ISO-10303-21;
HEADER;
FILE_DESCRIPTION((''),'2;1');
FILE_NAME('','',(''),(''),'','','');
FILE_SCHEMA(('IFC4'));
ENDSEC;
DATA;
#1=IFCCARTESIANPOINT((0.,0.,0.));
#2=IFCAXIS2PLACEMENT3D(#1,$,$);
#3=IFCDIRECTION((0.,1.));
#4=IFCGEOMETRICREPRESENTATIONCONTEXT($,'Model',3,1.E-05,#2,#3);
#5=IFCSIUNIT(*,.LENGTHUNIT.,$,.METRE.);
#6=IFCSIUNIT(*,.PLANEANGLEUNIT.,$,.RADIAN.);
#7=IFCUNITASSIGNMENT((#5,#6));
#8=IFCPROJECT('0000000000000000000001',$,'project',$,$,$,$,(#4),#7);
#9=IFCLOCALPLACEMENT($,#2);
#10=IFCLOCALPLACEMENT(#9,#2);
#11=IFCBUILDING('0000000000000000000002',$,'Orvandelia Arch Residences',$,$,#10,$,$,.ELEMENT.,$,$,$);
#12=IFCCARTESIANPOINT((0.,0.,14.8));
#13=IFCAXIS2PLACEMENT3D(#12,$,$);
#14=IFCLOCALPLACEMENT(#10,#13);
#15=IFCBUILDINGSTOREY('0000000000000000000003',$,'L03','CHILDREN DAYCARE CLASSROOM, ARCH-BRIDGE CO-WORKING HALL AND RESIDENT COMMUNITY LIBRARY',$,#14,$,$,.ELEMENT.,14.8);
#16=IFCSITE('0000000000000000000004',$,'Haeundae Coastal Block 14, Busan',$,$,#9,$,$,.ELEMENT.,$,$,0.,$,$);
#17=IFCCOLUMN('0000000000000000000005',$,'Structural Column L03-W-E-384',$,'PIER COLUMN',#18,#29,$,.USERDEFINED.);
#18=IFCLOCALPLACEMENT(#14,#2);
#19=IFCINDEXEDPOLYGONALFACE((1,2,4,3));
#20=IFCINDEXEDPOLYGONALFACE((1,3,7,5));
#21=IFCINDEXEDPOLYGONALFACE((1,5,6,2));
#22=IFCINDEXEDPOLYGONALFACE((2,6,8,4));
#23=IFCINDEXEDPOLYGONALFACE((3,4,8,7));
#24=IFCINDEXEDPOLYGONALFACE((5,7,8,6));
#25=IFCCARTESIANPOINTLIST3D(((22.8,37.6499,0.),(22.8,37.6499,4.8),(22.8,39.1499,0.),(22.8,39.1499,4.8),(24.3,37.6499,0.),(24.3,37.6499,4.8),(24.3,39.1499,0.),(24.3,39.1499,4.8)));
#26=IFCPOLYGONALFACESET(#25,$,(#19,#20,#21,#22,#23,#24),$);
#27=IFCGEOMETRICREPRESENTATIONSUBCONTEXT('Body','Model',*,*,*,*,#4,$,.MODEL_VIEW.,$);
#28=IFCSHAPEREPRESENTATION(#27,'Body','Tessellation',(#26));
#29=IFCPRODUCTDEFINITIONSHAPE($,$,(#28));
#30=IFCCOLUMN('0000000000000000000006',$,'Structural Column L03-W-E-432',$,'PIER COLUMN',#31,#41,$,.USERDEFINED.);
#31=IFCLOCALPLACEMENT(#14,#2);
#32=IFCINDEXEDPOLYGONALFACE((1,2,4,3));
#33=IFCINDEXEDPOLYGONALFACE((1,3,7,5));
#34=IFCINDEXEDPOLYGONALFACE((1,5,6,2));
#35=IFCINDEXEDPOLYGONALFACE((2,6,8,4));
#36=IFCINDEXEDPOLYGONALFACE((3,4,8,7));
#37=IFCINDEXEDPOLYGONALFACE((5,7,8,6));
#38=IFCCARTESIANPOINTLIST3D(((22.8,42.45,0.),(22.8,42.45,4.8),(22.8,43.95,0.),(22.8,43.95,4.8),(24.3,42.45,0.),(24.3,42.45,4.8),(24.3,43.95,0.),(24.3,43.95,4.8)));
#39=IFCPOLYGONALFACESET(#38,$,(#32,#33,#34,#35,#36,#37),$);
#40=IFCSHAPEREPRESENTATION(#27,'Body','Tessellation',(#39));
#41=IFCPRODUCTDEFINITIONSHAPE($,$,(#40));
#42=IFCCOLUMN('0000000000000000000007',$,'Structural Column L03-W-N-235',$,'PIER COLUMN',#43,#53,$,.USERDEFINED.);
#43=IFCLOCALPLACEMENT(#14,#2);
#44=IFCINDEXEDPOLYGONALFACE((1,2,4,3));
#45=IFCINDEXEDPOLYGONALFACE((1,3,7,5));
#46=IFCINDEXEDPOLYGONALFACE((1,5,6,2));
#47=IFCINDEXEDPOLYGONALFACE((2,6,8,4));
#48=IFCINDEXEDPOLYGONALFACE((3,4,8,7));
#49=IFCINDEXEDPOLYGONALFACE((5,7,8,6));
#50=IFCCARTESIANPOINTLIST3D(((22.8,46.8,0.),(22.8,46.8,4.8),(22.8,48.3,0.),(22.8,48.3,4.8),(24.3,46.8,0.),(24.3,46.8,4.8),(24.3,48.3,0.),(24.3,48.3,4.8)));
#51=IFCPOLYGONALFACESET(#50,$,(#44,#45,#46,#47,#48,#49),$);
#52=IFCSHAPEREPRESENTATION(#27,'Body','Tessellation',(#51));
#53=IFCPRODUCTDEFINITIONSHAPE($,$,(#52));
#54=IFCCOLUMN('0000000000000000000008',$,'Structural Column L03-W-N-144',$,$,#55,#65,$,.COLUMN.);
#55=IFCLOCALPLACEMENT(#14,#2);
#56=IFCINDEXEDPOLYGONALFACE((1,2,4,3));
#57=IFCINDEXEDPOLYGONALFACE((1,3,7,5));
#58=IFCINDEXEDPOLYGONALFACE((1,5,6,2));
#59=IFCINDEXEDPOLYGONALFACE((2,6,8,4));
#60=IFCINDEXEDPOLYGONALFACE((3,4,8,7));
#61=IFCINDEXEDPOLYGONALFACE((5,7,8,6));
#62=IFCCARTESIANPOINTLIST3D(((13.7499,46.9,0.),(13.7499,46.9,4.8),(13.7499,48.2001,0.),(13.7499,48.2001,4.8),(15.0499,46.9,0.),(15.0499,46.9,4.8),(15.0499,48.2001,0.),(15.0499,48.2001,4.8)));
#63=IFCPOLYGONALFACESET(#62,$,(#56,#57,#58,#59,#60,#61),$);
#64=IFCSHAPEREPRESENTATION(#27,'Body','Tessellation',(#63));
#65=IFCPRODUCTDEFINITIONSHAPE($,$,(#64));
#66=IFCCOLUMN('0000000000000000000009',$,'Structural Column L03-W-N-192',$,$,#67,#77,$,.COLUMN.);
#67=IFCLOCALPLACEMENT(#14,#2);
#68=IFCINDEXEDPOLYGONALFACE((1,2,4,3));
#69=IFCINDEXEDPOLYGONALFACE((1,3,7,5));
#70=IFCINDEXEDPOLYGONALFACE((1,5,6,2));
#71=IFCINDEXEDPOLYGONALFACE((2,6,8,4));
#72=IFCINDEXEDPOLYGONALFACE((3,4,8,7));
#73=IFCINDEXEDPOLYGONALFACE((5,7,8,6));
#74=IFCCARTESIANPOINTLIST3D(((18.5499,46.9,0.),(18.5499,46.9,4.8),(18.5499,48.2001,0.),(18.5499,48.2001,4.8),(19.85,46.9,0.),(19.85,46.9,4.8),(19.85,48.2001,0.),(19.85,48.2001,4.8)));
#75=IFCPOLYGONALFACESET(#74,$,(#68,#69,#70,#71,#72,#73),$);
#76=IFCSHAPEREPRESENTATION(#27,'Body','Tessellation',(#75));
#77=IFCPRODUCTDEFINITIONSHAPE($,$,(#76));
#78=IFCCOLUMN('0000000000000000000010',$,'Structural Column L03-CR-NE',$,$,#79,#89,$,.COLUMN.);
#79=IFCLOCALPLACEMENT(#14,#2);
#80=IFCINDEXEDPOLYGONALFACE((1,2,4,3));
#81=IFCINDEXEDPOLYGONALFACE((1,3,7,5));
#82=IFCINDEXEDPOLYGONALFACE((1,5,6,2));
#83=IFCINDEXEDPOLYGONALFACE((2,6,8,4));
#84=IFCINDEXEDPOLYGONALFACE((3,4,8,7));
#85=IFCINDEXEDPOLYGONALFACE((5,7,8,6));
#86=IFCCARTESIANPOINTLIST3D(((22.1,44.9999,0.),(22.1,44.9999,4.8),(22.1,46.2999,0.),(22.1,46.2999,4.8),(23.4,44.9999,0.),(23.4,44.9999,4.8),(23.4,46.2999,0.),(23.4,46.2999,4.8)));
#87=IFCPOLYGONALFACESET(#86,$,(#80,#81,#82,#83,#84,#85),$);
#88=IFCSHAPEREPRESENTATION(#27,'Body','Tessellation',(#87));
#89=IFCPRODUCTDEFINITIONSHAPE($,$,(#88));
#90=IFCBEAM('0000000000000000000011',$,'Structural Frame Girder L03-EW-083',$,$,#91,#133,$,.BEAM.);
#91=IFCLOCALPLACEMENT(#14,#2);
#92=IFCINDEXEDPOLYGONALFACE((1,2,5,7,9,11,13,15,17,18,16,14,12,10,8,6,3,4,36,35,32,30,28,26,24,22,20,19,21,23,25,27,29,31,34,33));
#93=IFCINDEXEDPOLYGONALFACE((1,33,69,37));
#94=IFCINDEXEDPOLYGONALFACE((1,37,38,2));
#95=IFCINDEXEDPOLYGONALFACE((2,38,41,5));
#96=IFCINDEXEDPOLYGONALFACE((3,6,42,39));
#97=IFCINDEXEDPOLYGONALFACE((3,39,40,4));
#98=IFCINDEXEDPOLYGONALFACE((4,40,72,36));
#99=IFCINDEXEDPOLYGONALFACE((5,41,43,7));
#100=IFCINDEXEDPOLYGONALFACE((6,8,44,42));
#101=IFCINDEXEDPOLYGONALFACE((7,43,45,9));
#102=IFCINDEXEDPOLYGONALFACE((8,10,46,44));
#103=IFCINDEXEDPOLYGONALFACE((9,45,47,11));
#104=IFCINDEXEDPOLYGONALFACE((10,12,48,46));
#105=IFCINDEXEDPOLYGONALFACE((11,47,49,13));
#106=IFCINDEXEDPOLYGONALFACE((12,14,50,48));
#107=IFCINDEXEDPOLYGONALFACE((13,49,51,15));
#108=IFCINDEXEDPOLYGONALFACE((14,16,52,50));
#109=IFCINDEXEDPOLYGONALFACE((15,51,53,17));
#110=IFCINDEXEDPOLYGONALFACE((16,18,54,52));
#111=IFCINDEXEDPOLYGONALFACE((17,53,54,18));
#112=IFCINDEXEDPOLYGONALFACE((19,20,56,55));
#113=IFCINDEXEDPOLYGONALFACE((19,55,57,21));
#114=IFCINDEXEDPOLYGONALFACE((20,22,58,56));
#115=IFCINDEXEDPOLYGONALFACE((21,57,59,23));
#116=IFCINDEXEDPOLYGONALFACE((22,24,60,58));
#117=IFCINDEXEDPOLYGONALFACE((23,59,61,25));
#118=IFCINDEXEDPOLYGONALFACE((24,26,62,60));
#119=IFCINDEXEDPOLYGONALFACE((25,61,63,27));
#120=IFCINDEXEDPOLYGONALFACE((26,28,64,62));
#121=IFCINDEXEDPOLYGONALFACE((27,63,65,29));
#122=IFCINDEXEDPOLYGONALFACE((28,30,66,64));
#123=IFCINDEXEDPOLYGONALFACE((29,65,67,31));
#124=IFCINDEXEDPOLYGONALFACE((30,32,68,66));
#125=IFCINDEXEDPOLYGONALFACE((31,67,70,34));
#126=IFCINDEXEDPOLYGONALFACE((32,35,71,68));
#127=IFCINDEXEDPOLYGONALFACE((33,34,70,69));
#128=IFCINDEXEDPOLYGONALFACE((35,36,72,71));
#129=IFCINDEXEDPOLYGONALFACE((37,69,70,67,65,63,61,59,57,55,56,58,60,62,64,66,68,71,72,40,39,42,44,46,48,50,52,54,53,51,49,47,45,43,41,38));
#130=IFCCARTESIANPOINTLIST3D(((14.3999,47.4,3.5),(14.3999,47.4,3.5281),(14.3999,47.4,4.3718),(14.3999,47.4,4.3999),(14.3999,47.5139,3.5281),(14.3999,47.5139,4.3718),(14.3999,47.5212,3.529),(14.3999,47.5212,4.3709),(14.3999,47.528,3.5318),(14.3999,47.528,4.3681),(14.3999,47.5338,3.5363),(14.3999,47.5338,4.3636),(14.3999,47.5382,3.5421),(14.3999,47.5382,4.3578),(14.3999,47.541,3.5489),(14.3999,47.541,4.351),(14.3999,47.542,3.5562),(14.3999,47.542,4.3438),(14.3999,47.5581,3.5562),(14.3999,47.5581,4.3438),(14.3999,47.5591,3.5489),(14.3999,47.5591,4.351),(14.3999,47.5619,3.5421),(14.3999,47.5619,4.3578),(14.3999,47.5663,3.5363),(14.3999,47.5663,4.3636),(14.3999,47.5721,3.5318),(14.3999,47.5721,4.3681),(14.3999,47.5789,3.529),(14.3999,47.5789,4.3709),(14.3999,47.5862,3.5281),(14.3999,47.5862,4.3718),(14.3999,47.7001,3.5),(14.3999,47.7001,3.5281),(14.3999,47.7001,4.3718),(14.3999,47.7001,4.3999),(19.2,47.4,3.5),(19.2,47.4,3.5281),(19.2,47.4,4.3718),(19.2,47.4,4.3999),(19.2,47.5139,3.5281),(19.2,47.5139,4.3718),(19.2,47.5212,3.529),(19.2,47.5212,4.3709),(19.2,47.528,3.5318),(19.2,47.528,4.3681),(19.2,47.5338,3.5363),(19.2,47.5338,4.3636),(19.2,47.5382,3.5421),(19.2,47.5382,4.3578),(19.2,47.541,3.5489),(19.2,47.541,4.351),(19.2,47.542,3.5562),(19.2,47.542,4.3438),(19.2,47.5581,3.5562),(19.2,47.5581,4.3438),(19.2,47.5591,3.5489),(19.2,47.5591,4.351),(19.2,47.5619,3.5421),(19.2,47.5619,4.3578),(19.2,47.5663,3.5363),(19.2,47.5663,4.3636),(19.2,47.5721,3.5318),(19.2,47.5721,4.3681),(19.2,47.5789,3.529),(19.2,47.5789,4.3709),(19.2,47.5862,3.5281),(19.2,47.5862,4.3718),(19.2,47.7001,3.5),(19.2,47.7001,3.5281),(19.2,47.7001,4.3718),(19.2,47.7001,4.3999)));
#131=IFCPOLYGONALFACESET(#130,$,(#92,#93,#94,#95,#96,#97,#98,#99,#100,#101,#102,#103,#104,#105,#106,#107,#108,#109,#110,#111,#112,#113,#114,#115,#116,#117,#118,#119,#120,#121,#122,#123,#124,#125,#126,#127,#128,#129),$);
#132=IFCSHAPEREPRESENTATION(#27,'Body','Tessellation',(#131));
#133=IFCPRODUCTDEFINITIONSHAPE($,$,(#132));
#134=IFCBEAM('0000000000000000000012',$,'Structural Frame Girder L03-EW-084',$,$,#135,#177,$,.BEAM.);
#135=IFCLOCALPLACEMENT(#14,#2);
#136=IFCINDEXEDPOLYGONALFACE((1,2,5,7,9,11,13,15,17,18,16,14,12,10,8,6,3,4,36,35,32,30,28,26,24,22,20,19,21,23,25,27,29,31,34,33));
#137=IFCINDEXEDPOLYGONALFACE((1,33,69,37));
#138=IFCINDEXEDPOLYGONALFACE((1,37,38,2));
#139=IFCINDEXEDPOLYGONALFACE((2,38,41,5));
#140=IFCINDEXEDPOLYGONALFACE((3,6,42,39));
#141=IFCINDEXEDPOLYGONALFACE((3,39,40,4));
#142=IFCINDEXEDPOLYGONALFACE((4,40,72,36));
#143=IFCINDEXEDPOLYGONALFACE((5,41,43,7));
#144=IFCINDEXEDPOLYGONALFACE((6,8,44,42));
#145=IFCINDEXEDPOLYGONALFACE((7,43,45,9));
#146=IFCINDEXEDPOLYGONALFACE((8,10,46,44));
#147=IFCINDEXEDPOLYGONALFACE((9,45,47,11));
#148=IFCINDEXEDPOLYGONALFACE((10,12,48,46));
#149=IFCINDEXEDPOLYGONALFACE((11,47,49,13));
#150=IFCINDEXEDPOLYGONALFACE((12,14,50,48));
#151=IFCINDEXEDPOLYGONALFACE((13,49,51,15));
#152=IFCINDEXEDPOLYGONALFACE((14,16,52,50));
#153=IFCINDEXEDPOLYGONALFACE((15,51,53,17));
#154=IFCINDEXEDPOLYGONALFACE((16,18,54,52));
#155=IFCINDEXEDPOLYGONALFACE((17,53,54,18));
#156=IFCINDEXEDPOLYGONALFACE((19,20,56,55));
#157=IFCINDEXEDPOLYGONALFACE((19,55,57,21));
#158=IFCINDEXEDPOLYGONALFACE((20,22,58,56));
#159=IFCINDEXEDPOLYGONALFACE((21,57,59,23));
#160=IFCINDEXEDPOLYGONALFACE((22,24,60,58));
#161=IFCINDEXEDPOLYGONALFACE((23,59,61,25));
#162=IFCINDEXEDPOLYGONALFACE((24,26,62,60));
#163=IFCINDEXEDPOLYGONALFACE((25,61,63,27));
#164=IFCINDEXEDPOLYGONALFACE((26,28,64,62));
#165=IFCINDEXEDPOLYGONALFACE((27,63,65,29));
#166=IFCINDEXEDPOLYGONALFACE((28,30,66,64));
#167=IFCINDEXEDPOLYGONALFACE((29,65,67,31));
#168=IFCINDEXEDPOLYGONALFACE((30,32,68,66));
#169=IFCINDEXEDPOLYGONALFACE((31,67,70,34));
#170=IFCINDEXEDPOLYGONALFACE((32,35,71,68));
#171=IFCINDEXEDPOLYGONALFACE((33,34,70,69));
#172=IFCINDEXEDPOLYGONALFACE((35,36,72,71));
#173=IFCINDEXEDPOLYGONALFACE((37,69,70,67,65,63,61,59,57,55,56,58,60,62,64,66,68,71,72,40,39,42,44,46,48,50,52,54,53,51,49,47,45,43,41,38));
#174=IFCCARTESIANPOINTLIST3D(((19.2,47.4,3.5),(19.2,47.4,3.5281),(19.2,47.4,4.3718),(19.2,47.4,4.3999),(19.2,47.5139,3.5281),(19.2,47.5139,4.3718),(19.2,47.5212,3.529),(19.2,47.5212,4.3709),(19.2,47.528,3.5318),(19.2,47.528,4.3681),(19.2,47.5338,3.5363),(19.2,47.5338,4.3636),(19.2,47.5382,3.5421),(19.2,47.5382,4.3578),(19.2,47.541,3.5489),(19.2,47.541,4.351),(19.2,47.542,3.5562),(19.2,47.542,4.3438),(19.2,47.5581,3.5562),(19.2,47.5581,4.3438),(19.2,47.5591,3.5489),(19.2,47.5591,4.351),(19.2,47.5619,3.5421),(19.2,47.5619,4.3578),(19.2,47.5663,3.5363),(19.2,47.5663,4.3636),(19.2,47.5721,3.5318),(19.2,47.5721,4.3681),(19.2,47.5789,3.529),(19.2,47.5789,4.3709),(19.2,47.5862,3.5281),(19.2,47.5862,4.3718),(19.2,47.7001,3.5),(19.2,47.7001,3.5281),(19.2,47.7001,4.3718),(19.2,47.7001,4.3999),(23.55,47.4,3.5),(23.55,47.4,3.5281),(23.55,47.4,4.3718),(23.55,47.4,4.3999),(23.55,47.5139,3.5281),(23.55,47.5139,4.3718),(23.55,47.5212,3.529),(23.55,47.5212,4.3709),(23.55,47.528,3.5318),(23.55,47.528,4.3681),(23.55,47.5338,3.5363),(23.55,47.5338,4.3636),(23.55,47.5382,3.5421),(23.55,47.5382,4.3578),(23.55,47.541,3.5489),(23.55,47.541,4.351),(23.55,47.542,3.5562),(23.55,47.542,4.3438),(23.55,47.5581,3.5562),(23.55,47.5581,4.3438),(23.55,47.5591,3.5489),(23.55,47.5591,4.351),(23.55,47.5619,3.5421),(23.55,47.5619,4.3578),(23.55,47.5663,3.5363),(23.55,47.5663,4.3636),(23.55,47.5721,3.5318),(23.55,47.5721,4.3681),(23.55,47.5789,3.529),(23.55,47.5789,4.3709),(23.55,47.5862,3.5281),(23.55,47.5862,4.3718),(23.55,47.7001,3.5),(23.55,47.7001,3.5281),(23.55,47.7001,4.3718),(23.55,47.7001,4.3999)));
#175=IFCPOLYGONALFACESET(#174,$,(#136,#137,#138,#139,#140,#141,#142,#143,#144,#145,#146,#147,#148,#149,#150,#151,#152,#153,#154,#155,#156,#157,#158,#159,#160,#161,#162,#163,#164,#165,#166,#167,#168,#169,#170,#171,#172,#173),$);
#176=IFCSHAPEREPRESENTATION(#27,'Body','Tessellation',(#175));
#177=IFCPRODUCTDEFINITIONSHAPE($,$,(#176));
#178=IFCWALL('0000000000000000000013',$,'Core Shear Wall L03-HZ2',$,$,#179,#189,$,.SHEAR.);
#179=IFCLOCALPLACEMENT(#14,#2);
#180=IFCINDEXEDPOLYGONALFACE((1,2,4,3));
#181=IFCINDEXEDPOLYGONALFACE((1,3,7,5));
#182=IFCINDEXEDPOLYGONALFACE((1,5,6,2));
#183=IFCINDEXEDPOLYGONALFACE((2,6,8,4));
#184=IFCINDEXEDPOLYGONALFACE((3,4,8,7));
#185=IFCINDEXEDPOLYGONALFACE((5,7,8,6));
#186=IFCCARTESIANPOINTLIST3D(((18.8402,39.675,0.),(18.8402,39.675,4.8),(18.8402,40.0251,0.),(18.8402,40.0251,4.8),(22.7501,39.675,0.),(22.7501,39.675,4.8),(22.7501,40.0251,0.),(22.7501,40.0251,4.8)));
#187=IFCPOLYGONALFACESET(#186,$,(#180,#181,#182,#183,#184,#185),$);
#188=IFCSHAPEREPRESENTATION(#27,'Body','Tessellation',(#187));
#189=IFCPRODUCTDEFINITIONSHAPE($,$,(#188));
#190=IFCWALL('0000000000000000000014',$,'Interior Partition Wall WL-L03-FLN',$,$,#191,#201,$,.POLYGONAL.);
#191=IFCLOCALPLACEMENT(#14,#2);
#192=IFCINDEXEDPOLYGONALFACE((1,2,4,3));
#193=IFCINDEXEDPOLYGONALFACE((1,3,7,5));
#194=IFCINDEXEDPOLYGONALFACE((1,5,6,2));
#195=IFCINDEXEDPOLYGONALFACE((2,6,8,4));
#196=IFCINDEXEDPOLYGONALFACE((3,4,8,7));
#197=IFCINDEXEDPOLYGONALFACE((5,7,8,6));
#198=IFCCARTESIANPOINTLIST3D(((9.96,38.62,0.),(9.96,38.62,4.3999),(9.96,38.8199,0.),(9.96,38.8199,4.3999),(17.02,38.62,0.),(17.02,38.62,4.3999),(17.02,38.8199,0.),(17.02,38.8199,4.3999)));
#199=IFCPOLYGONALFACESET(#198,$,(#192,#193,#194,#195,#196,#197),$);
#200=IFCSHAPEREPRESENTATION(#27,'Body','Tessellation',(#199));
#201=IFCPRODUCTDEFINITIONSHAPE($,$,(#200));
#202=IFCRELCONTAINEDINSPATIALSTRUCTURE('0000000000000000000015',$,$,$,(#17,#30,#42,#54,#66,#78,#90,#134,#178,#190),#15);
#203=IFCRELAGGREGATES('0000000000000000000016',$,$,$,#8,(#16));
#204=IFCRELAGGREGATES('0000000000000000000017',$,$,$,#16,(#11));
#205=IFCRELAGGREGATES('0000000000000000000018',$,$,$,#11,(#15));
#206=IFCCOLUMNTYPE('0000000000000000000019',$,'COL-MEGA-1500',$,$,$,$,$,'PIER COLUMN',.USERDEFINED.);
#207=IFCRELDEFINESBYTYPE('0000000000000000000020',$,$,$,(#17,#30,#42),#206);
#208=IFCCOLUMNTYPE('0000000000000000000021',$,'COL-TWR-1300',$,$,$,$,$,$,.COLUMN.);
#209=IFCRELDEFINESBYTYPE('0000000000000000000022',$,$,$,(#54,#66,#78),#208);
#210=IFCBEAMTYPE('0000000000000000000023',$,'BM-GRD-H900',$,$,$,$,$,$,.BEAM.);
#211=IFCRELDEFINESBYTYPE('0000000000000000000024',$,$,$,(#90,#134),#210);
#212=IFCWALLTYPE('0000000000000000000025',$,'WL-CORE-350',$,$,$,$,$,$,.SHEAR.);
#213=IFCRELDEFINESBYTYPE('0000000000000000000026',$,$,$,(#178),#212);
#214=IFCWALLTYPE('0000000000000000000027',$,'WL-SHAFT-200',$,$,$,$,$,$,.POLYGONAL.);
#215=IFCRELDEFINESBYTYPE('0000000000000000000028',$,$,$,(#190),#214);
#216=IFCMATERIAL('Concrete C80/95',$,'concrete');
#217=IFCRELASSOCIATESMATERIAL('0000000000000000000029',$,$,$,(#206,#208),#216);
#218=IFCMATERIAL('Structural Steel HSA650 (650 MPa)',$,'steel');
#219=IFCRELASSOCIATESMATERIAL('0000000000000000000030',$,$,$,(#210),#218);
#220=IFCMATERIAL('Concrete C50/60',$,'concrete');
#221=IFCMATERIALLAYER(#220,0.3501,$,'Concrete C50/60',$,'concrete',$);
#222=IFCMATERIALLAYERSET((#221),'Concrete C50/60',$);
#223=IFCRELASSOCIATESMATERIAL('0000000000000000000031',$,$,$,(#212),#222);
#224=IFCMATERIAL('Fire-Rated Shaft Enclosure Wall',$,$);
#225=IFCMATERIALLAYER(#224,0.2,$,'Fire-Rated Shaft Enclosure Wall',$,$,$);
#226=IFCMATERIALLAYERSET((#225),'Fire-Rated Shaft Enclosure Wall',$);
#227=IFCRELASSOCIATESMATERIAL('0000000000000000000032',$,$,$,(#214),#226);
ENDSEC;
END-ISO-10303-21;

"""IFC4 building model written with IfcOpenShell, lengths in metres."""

from ifc_helpers import new_model, si_unit, direction, frame, frame_2d, origin, origin_2d, place, context, subcontext, project, spatial, rectangle, i_section, extrude, material, layer, layer_set, material_profile, profile_set, type_object, element, save


model = new_model("IFC4")

# Units and contexts
model_context = context("Model", 3, precision=1e-05, world=origin(), true_north=direction((0.0, 1.0)))
body_context = subcontext(model_context, "Body", "Model", "MODEL_VIEW")
ifc_project = project(units=[si_unit("LENGTHUNIT", "METRE"), si_unit("PLANEANGLEUNIT", "RADIAN")], contexts=[model_context])

# Site, building, storey
site_placement = place(None, origin())
site = spatial("IfcSite", under=ifc_project, at=site_placement, Name="Haeundae Coastal Block 14, Busan", CompositionType="ELEMENT", RefElevation=0.0)
building_placement = place(site_placement, origin())
building = spatial("IfcBuilding", under=site, at=building_placement, Name="Orvandelia Arch Residences", CompositionType="ELEMENT")
storey_placement = place(building_placement, frame((0.0, 0.0, 14.8)))
storey = spatial("IfcBuildingStorey", under=building, at=storey_placement, Name="L03", Description="CHILDREN DAYCARE CLASSROOM, ARCH-BRIDGE CO-WORKING HALL AND RESIDENT COMMUNITY LIBRARY", CompositionType="ELEMENT", Elevation=14.8)

# Columns
ifc_material_1 = material(Name="Concrete C80/95", Category="concrete")
ifc_material_profile_1 = material_profile(ifc_material_1, rectangle(XDim=1.5, YDim=1.5, at=origin_2d()), Name="Concrete C80/95", Category="concrete")
ifc_profile_set_1 = profile_set([ifc_material_profile_1], Name="Concrete C80/95")
column_type_1 = type_object("IfcColumnType", Name="COL-MEGA-1500", ElementType="PIER COLUMN", PredefinedType="USERDEFINED", material=ifc_profile_set_1)
for number, where, z_axis, x_axis, name in (
    (1, (23.55, 38.3999, 0.0), (0.0, 0.0, 1.0), (1.0, 0.0, 0.0), "Structural Column L03-W-E-384"),
    (2, (23.55, 43.2, 0.0), (0.0, 0.0, 1.0), (1.0, 0.0, 0.0), "Structural Column L03-W-E-432"),
    (3, (23.55, 47.55, 0.0), (0.0, 0.0, 1.0), (1.0, 0.0, 0.0), "Structural Column L03-W-N-235"),
):
    element("IfcColumn", number, at=place(storey_placement, frame(where, z_axis=z_axis, x_axis=x_axis)), inside=storey, type_object=column_type_1, Name=name, ObjectType="PIER COLUMN", PredefinedType="USERDEFINED", context=body_context, shape_type="SweptSolid", body=[
        extrude(rectangle(XDim=1.5, YDim=1.5, at=origin_2d()), origin(), (0.0, 0.0, 1.0), 4.8),
    ])
ifc_material_profile_2 = material_profile(ifc_material_1, rectangle(XDim=1.3, YDim=1.3, at=origin_2d()), Name="Concrete C80/95", Category="concrete")
ifc_profile_set_2 = profile_set([ifc_material_profile_2], Name="Concrete C80/95")
column_type_2 = type_object("IfcColumnType", Name="COL-TWR-1300", PredefinedType="COLUMN", material=ifc_profile_set_2)
for number, where, z_axis, x_axis, name in (
    (4, (14.3999, 47.55, 0.0), (0.0, 0.0, 1.0), (1.0, 0.0, 0.0), "Structural Column L03-W-N-144"),
    (5, (19.2, 47.55, 0.0), (0.0, 0.0, 1.0), (1.0, 0.0, 0.0), "Structural Column L03-W-N-192"),
    (6, (22.75, 45.6499, 0.0), (0.0, 0.0, 1.0), (1.0, 0.0, 0.0), "Structural Column L03-CR-NE"),
):
    element("IfcColumn", number, at=place(storey_placement, frame(where, z_axis=z_axis, x_axis=x_axis)), inside=storey, type_object=column_type_2, Name=name, PredefinedType="COLUMN", context=body_context, shape_type="SweptSolid", body=[
        extrude(rectangle(XDim=1.3, YDim=1.3, at=origin_2d()), origin(), (0.0, 0.0, 1.0), 4.8),
    ])

# Beams
ifc_material_2 = material(Name="Structural Steel HSA650 (650 MPa)", Category="steel")
ifc_material_profile_3 = material_profile(ifc_material_2, i_section(OverallWidth=0.3, OverallDepth=0.8999, WebThickness=0.0161, FlangeThickness=0.0281, FilletRadius=0.0281, at=origin_2d()), Name="Structural Steel HSA650 (650 MPa)", Category="steel")
ifc_profile_set_3 = profile_set([ifc_material_profile_3], Name="Structural Steel HSA650 (650 MPa)")
beam_type = type_object("IfcBeamType", Name="BM-GRD-H900", PredefinedType="BEAM", material=ifc_profile_set_3)
beam_1_placement = place(storey_placement, frame((14.3999, 47.55, 3.95), z_axis=(1.0, 0.0, 0.0), x_axis=(0.0, 1.0, 0.0)))
element("IfcBeam", 7, at=beam_1_placement, inside=storey, type_object=beam_type, Name="Structural Frame Girder L03-EW-083", PredefinedType="BEAM", context=body_context, shape_type="SweptSolid", body=[
    extrude(i_section(OverallWidth=0.3, OverallDepth=0.8999, WebThickness=0.0161, FlangeThickness=0.0281, FilletRadius=0.0281, at=origin_2d()), origin(), (0.0, 0.0, 1.0), 4.8),
])
beam_2_placement = place(storey_placement, frame((19.2, 47.55, 3.95), z_axis=(1.0, 0.0, 0.0), x_axis=(0.0, 1.0, 0.0)))
element("IfcBeam", 8, at=beam_2_placement, inside=storey, type_object=beam_type, Name="Structural Frame Girder L03-EW-084", PredefinedType="BEAM", context=body_context, shape_type="SweptSolid", body=[
    extrude(i_section(OverallWidth=0.3, OverallDepth=0.8999, WebThickness=0.0161, FlangeThickness=0.0281, FilletRadius=0.0281, at=origin_2d()), origin(), (0.0, 0.0, 1.0), 4.3501),
])

# Walls
ifc_material_3 = material(Name="Concrete C50/60", Category="concrete")
ifc_layer_1 = layer(ifc_material_3, 0.3501, Name="Concrete C50/60", Category="concrete")
ifc_layer_set_1 = layer_set([ifc_layer_1], Name="Concrete C50/60")
wall_type_1 = type_object("IfcWallType", Name="WL-CORE-350", PredefinedType="SHEAR", material=ifc_layer_set_1)
wall_1_placement = place(storey_placement, frame((18.8401, 39.8501, 0.0), z_axis=(0.0, 0.0, 1.0), x_axis=(1.0, 0.0, 0.0)))
element("IfcWall", 9, at=wall_1_placement, inside=storey, type_object=wall_type_1, Name="Core Shear Wall L03-HZ2", PredefinedType="SHEAR", context=body_context, shape_type="SweptSolid", body=[
    extrude(rectangle(XDim=3.9099, YDim=0.3501, at=frame_2d((1.9551, 0.0))), origin(), (0.0, 0.0, 1.0), 4.8),
])
ifc_material_4 = material(Name="Fire-Rated Shaft Enclosure Wall")
ifc_layer_2 = layer(ifc_material_4, 0.2, Name="Fire-Rated Shaft Enclosure Wall")
ifc_layer_set_2 = layer_set([ifc_layer_2], Name="Fire-Rated Shaft Enclosure Wall")
wall_type_2 = type_object("IfcWallType", Name="WL-SHAFT-200", PredefinedType="POLYGONAL", material=ifc_layer_set_2)
wall_2_placement = place(storey_placement, frame((9.96, 38.72, 0.0), z_axis=(0.0, 0.0, 1.0), x_axis=(1.0, 0.0, 0.0)))
element("IfcWall", 10, at=wall_2_placement, inside=storey, type_object=wall_type_2, Name="Interior Partition Wall WL-L03-FLN", PredefinedType="POLYGONAL", context=body_context, shape_type="SweptSolid", body=[
    extrude(rectangle(XDim=7.0601, YDim=0.2, at=frame_2d((3.53, 0.0))), origin(), (0.0, 0.0, 1.0), 4.3999),
])

save(model, "model.ifc")
